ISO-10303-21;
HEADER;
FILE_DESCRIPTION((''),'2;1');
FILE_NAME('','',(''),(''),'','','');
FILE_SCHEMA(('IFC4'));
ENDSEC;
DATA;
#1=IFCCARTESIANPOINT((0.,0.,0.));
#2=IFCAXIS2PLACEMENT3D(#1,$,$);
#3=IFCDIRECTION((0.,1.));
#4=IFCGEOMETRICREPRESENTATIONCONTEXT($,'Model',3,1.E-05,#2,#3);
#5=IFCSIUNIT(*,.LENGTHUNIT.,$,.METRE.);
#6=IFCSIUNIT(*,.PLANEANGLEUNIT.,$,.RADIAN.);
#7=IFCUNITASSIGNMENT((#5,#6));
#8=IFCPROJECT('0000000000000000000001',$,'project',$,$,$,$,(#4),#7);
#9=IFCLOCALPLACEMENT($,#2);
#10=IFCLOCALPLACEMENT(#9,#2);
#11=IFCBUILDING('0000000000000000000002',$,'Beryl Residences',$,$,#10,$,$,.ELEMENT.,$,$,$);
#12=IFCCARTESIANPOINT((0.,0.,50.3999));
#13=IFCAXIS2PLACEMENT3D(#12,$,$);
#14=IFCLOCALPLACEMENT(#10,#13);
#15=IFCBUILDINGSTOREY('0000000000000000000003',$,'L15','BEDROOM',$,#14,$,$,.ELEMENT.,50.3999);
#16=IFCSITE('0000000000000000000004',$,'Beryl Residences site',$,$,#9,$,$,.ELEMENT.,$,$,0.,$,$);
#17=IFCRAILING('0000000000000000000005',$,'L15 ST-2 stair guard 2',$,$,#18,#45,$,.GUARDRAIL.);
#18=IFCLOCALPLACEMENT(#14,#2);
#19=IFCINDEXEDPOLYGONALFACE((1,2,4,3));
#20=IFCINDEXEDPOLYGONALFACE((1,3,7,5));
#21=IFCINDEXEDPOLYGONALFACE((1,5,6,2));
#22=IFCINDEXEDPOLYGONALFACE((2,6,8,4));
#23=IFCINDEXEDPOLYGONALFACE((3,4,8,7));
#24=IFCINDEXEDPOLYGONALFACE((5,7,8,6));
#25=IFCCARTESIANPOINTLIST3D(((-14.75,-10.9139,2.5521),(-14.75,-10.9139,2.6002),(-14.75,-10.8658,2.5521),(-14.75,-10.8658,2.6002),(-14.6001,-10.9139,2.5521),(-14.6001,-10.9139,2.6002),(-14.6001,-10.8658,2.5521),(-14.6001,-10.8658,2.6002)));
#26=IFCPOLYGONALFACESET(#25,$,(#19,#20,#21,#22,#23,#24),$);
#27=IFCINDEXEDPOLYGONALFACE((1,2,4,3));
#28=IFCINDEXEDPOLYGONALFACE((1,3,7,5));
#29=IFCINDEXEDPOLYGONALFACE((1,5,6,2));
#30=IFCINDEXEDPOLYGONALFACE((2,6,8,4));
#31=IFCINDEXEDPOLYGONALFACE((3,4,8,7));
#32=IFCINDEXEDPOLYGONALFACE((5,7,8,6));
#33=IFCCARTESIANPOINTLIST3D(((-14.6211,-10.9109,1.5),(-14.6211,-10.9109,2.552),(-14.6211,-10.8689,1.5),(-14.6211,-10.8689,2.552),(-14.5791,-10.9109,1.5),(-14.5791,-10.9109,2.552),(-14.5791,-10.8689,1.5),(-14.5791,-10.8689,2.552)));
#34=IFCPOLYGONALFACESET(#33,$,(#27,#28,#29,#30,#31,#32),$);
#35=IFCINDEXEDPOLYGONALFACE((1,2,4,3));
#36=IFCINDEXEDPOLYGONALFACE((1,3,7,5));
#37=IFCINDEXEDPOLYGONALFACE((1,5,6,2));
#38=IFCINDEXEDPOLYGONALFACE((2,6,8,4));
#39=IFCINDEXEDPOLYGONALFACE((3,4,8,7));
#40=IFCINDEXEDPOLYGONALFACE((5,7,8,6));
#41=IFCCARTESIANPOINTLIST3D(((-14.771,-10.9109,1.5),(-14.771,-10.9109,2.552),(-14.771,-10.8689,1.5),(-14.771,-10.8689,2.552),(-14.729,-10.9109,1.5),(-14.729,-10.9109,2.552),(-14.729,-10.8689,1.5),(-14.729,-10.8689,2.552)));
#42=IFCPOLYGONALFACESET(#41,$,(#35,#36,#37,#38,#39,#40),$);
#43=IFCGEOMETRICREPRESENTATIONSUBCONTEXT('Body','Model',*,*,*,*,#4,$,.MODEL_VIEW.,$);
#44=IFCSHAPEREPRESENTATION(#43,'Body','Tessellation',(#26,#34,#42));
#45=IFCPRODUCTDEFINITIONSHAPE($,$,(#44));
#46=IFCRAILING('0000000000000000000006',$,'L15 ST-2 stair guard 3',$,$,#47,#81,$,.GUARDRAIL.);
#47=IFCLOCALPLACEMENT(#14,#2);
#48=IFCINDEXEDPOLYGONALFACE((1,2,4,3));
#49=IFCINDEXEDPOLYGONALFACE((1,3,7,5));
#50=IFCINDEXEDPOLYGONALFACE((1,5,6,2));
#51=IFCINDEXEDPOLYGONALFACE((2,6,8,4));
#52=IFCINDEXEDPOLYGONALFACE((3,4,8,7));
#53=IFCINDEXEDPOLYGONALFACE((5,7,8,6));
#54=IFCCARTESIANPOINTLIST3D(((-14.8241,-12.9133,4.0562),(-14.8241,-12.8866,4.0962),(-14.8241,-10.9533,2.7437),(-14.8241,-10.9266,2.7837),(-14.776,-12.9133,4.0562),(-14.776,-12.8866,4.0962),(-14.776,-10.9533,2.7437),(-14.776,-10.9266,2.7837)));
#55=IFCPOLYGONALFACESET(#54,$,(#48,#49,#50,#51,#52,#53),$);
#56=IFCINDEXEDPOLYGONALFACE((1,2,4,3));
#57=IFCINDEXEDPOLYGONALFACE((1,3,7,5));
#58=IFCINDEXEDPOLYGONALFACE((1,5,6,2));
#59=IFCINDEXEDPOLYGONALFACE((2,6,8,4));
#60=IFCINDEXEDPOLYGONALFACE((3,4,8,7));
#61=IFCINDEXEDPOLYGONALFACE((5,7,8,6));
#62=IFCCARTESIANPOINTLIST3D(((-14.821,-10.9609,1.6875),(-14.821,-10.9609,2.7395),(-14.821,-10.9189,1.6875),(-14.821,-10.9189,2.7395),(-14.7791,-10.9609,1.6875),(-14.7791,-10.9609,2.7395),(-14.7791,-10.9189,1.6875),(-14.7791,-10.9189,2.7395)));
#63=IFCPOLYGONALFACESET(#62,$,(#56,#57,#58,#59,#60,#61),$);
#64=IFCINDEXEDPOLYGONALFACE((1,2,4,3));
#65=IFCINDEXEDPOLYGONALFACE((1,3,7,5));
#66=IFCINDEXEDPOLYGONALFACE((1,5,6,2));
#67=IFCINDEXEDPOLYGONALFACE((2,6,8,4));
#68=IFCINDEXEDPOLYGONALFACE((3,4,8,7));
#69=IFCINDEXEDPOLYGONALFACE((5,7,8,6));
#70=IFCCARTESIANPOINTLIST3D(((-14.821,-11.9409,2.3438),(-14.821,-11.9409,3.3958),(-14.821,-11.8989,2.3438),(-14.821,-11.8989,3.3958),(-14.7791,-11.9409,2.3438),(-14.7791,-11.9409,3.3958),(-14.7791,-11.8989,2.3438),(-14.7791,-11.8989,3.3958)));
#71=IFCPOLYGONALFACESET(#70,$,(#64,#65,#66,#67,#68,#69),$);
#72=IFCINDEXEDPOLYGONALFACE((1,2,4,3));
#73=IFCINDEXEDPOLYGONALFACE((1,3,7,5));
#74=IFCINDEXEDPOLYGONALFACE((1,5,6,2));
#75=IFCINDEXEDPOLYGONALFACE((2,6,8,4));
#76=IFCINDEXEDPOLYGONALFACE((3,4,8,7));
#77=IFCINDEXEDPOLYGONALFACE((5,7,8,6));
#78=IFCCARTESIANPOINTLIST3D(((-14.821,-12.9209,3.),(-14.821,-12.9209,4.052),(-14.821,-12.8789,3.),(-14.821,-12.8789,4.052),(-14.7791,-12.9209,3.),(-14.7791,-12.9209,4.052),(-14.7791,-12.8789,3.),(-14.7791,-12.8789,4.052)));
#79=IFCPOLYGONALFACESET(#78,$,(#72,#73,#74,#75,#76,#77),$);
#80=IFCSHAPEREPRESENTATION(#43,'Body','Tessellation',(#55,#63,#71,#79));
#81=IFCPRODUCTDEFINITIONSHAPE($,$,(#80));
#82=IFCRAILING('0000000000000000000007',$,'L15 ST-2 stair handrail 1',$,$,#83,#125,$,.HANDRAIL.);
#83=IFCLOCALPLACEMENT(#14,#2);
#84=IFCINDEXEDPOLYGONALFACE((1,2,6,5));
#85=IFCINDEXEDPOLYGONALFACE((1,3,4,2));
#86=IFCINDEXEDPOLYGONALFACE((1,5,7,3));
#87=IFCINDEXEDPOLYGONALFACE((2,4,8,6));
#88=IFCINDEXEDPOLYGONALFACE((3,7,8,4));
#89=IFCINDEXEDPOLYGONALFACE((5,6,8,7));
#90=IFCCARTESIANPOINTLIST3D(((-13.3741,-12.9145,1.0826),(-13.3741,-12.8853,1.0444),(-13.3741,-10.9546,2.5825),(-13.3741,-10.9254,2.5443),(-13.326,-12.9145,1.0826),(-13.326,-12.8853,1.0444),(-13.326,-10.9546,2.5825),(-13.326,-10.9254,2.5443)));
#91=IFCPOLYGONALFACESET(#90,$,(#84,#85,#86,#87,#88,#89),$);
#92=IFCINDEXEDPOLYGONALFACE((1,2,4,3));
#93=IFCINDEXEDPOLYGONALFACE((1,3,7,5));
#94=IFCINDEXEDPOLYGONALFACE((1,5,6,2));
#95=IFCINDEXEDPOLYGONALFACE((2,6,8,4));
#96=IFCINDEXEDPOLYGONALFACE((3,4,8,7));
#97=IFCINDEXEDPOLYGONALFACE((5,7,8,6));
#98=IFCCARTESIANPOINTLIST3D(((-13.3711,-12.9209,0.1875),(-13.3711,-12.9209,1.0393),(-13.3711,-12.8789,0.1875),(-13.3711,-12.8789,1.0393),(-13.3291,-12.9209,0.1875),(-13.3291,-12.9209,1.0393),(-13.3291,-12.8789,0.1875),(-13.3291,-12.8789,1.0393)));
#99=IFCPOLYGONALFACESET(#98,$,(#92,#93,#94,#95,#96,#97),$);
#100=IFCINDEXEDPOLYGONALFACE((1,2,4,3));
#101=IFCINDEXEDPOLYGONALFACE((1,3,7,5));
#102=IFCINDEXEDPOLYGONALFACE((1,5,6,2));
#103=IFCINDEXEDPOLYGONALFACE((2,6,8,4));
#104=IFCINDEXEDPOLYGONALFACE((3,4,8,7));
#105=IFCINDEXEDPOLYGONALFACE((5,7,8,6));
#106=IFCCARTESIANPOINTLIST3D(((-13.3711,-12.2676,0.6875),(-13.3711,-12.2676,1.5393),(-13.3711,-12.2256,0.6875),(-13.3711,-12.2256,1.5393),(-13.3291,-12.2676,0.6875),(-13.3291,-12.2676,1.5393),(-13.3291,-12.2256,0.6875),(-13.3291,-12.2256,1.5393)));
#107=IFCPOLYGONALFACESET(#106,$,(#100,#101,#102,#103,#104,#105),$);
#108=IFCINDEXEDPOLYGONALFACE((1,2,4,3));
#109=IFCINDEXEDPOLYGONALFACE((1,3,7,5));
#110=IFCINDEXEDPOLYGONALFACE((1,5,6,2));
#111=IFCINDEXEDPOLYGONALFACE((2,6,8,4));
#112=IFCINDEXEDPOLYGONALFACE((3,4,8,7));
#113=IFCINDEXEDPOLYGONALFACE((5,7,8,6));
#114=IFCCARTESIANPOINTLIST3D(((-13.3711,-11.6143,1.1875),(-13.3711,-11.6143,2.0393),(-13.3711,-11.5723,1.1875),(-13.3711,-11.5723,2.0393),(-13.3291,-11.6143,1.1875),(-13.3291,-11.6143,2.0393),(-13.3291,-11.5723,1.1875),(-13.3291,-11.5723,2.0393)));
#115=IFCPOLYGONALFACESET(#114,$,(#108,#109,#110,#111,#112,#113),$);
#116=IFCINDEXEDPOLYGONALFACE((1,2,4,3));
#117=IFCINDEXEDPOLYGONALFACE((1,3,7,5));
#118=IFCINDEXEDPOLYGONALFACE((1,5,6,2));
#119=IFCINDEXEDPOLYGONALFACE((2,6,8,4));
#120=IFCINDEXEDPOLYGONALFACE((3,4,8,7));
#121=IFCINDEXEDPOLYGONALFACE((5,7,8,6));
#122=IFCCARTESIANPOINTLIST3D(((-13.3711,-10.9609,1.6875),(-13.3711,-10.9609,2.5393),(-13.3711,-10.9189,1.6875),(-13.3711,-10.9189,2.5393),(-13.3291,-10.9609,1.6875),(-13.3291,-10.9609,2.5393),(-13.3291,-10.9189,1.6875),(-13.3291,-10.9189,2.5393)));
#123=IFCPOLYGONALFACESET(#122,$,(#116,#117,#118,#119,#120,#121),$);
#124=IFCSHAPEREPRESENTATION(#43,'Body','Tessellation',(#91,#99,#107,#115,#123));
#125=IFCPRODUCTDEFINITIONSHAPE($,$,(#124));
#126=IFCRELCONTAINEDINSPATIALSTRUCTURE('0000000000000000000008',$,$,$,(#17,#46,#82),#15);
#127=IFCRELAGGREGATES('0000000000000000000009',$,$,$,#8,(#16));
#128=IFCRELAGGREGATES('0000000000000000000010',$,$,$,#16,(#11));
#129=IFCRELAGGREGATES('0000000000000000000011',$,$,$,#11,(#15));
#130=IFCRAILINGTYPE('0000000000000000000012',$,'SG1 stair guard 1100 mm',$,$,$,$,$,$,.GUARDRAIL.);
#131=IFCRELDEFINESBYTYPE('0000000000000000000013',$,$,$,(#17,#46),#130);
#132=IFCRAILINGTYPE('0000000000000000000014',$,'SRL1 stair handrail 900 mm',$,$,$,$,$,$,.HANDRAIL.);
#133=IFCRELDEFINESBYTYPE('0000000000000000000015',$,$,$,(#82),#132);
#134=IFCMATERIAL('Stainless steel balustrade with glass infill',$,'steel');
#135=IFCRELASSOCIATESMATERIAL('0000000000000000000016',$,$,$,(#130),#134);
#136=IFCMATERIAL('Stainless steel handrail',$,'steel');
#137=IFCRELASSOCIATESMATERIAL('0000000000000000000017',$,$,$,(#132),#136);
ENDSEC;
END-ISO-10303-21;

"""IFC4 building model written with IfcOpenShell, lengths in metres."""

from ifc_helpers import new_model, si_unit, direction, frame, origin, origin_2d, place, context, subcontext, project, spatial, rectangle, extrude, material, type_object, element, save


model = new_model("IFC4")

# Units and contexts
model_context = context("Model", 3, precision=1e-05, world=origin(), true_north=direction((0.0, 1.0)))
body_context = subcontext(model_context, "Body", "Model", "MODEL_VIEW")
ifc_project = project(units=[si_unit("LENGTHUNIT", "METRE"), si_unit("PLANEANGLEUNIT", "RADIAN")], contexts=[model_context])

# Site, building, storey
site_placement = place(None, origin())
site = spatial("IfcSite", under=ifc_project, at=site_placement, Name="Beryl Residences site", CompositionType="ELEMENT", RefElevation=0.0)
building_placement = place(site_placement, origin())
building = spatial("IfcBuilding", under=site, at=building_placement, Name="Beryl Residences", CompositionType="ELEMENT")
storey_placement = place(building_placement, frame((0.0, 0.0, 50.3999)))
storey = spatial("IfcBuildingStorey", under=building, at=storey_placement, Name="L15", Description="BEDROOM", CompositionType="ELEMENT", Elevation=50.3999)

# Railings
ifc_material_1 = material(Name="Stainless steel balustrade with glass infill", Category="steel")
railing_type_1 = type_object("IfcRailingType", Name="SG1 stair guard 1100 mm", PredefinedType="GUARDRAIL", material=ifc_material_1)
railing_1_placement = place(storey_placement, frame((-14.6001, -10.8899, 1.5)))
element("IfcRailing", 1, at=railing_1_placement, inside=storey, type_object=railing_type_1, Name="L15 ST-2 stair guard 2", PredefinedType="GUARDRAIL", context=body_context, shape_type="SweptSolid", body=[
    extrude(rectangle(XDim=0.0481, YDim=0.0481, at=origin_2d()), frame((0.0, 0.0, 1.0762), z_axis=(-1.0, 0.0, 0.0), x_axis=(0.0, -1.0, 0.0)), (0.0, 0.0, 1.0), 0.1499),
    extrude(rectangle(XDim=0.042, YDim=0.042, at=origin_2d()), origin(), (0.0, 0.0, 1.0), 1.052),
    extrude(rectangle(XDim=0.042, YDim=0.042, at=origin_2d()), frame((-0.1499, 0.0, 0.0)), (0.0, 0.0, 1.0), 1.052),
])
railing_2_placement = place(storey_placement, frame((-14.8, -10.9399, 1.6875)))
element("IfcRailing", 2, at=railing_2_placement, inside=storey, type_object=railing_type_1, Name="L15 ST-2 stair guard 3", PredefinedType="GUARDRAIL", context=body_context, shape_type="SweptSolid", body=[
    extrude(rectangle(XDim=0.0481, YDim=0.0481, at=origin_2d()), frame((0.0, 0.0, 1.0762), z_axis=(0.0, -0.830902, 0.556419), x_axis=(1.0, 0.0, 0.0)), (0.0, 0.0, 1.0), 2.3589),
    extrude(rectangle(XDim=0.042, YDim=0.042, at=origin_2d()), origin(), (0.0, 0.0, 1.0), 1.052),
    extrude(rectangle(XDim=0.042, YDim=0.042, at=origin_2d()), frame((0.0, -0.98, 0.6562)), (0.0, 0.0, 1.0), 1.052),
    extrude(rectangle(XDim=0.042, YDim=0.042, at=origin_2d()), frame((0.0, -1.96, 1.3125)), (0.0, 0.0, 1.0), 1.052),
])
ifc_material_2 = material(Name="Stainless steel handrail", Category="steel")
railing_type_2 = type_object("IfcRailingType", Name="SRL1 stair handrail 900 mm", PredefinedType="HANDRAIL", material=ifc_material_2)
railing_3_placement = place(storey_placement, frame((-13.3501, -12.8999, 0.1875)))
element("IfcRailing", 3, at=railing_3_placement, inside=storey, type_object=railing_type_2, Name="L15 ST-2 stair handrail 1", PredefinedType="HANDRAIL", context=body_context, shape_type="SweptSolid", body=[
    extrude(rectangle(XDim=0.0481, YDim=0.0481, at=origin_2d()), frame((0.0, 0.0, 0.876), z_axis=(0.0, 0.794122, 0.607758), x_axis=(-1.0, 0.0, 0.0)), (0.0, 0.0, 1.0), 2.468),
    extrude(rectangle(XDim=0.042, YDim=0.042, at=origin_2d()), origin(), (0.0, 0.0, 1.0), 0.8518),
    extrude(rectangle(XDim=0.042, YDim=0.042, at=origin_2d()), frame((0.0, 0.6533, 0.5)), (0.0, 0.0, 1.0), 0.8518),
    extrude(rectangle(XDim=0.042, YDim=0.042, at=origin_2d()), frame((0.0, 1.3066, 1.0)), (0.0, 0.0, 1.0), 0.8518),
    extrude(rectangle(XDim=0.042, YDim=0.042, at=origin_2d()), frame((0.0, 1.96, 1.5)), (0.0, 0.0, 1.0), 0.8518),
])

save(model, "model.ifc")
